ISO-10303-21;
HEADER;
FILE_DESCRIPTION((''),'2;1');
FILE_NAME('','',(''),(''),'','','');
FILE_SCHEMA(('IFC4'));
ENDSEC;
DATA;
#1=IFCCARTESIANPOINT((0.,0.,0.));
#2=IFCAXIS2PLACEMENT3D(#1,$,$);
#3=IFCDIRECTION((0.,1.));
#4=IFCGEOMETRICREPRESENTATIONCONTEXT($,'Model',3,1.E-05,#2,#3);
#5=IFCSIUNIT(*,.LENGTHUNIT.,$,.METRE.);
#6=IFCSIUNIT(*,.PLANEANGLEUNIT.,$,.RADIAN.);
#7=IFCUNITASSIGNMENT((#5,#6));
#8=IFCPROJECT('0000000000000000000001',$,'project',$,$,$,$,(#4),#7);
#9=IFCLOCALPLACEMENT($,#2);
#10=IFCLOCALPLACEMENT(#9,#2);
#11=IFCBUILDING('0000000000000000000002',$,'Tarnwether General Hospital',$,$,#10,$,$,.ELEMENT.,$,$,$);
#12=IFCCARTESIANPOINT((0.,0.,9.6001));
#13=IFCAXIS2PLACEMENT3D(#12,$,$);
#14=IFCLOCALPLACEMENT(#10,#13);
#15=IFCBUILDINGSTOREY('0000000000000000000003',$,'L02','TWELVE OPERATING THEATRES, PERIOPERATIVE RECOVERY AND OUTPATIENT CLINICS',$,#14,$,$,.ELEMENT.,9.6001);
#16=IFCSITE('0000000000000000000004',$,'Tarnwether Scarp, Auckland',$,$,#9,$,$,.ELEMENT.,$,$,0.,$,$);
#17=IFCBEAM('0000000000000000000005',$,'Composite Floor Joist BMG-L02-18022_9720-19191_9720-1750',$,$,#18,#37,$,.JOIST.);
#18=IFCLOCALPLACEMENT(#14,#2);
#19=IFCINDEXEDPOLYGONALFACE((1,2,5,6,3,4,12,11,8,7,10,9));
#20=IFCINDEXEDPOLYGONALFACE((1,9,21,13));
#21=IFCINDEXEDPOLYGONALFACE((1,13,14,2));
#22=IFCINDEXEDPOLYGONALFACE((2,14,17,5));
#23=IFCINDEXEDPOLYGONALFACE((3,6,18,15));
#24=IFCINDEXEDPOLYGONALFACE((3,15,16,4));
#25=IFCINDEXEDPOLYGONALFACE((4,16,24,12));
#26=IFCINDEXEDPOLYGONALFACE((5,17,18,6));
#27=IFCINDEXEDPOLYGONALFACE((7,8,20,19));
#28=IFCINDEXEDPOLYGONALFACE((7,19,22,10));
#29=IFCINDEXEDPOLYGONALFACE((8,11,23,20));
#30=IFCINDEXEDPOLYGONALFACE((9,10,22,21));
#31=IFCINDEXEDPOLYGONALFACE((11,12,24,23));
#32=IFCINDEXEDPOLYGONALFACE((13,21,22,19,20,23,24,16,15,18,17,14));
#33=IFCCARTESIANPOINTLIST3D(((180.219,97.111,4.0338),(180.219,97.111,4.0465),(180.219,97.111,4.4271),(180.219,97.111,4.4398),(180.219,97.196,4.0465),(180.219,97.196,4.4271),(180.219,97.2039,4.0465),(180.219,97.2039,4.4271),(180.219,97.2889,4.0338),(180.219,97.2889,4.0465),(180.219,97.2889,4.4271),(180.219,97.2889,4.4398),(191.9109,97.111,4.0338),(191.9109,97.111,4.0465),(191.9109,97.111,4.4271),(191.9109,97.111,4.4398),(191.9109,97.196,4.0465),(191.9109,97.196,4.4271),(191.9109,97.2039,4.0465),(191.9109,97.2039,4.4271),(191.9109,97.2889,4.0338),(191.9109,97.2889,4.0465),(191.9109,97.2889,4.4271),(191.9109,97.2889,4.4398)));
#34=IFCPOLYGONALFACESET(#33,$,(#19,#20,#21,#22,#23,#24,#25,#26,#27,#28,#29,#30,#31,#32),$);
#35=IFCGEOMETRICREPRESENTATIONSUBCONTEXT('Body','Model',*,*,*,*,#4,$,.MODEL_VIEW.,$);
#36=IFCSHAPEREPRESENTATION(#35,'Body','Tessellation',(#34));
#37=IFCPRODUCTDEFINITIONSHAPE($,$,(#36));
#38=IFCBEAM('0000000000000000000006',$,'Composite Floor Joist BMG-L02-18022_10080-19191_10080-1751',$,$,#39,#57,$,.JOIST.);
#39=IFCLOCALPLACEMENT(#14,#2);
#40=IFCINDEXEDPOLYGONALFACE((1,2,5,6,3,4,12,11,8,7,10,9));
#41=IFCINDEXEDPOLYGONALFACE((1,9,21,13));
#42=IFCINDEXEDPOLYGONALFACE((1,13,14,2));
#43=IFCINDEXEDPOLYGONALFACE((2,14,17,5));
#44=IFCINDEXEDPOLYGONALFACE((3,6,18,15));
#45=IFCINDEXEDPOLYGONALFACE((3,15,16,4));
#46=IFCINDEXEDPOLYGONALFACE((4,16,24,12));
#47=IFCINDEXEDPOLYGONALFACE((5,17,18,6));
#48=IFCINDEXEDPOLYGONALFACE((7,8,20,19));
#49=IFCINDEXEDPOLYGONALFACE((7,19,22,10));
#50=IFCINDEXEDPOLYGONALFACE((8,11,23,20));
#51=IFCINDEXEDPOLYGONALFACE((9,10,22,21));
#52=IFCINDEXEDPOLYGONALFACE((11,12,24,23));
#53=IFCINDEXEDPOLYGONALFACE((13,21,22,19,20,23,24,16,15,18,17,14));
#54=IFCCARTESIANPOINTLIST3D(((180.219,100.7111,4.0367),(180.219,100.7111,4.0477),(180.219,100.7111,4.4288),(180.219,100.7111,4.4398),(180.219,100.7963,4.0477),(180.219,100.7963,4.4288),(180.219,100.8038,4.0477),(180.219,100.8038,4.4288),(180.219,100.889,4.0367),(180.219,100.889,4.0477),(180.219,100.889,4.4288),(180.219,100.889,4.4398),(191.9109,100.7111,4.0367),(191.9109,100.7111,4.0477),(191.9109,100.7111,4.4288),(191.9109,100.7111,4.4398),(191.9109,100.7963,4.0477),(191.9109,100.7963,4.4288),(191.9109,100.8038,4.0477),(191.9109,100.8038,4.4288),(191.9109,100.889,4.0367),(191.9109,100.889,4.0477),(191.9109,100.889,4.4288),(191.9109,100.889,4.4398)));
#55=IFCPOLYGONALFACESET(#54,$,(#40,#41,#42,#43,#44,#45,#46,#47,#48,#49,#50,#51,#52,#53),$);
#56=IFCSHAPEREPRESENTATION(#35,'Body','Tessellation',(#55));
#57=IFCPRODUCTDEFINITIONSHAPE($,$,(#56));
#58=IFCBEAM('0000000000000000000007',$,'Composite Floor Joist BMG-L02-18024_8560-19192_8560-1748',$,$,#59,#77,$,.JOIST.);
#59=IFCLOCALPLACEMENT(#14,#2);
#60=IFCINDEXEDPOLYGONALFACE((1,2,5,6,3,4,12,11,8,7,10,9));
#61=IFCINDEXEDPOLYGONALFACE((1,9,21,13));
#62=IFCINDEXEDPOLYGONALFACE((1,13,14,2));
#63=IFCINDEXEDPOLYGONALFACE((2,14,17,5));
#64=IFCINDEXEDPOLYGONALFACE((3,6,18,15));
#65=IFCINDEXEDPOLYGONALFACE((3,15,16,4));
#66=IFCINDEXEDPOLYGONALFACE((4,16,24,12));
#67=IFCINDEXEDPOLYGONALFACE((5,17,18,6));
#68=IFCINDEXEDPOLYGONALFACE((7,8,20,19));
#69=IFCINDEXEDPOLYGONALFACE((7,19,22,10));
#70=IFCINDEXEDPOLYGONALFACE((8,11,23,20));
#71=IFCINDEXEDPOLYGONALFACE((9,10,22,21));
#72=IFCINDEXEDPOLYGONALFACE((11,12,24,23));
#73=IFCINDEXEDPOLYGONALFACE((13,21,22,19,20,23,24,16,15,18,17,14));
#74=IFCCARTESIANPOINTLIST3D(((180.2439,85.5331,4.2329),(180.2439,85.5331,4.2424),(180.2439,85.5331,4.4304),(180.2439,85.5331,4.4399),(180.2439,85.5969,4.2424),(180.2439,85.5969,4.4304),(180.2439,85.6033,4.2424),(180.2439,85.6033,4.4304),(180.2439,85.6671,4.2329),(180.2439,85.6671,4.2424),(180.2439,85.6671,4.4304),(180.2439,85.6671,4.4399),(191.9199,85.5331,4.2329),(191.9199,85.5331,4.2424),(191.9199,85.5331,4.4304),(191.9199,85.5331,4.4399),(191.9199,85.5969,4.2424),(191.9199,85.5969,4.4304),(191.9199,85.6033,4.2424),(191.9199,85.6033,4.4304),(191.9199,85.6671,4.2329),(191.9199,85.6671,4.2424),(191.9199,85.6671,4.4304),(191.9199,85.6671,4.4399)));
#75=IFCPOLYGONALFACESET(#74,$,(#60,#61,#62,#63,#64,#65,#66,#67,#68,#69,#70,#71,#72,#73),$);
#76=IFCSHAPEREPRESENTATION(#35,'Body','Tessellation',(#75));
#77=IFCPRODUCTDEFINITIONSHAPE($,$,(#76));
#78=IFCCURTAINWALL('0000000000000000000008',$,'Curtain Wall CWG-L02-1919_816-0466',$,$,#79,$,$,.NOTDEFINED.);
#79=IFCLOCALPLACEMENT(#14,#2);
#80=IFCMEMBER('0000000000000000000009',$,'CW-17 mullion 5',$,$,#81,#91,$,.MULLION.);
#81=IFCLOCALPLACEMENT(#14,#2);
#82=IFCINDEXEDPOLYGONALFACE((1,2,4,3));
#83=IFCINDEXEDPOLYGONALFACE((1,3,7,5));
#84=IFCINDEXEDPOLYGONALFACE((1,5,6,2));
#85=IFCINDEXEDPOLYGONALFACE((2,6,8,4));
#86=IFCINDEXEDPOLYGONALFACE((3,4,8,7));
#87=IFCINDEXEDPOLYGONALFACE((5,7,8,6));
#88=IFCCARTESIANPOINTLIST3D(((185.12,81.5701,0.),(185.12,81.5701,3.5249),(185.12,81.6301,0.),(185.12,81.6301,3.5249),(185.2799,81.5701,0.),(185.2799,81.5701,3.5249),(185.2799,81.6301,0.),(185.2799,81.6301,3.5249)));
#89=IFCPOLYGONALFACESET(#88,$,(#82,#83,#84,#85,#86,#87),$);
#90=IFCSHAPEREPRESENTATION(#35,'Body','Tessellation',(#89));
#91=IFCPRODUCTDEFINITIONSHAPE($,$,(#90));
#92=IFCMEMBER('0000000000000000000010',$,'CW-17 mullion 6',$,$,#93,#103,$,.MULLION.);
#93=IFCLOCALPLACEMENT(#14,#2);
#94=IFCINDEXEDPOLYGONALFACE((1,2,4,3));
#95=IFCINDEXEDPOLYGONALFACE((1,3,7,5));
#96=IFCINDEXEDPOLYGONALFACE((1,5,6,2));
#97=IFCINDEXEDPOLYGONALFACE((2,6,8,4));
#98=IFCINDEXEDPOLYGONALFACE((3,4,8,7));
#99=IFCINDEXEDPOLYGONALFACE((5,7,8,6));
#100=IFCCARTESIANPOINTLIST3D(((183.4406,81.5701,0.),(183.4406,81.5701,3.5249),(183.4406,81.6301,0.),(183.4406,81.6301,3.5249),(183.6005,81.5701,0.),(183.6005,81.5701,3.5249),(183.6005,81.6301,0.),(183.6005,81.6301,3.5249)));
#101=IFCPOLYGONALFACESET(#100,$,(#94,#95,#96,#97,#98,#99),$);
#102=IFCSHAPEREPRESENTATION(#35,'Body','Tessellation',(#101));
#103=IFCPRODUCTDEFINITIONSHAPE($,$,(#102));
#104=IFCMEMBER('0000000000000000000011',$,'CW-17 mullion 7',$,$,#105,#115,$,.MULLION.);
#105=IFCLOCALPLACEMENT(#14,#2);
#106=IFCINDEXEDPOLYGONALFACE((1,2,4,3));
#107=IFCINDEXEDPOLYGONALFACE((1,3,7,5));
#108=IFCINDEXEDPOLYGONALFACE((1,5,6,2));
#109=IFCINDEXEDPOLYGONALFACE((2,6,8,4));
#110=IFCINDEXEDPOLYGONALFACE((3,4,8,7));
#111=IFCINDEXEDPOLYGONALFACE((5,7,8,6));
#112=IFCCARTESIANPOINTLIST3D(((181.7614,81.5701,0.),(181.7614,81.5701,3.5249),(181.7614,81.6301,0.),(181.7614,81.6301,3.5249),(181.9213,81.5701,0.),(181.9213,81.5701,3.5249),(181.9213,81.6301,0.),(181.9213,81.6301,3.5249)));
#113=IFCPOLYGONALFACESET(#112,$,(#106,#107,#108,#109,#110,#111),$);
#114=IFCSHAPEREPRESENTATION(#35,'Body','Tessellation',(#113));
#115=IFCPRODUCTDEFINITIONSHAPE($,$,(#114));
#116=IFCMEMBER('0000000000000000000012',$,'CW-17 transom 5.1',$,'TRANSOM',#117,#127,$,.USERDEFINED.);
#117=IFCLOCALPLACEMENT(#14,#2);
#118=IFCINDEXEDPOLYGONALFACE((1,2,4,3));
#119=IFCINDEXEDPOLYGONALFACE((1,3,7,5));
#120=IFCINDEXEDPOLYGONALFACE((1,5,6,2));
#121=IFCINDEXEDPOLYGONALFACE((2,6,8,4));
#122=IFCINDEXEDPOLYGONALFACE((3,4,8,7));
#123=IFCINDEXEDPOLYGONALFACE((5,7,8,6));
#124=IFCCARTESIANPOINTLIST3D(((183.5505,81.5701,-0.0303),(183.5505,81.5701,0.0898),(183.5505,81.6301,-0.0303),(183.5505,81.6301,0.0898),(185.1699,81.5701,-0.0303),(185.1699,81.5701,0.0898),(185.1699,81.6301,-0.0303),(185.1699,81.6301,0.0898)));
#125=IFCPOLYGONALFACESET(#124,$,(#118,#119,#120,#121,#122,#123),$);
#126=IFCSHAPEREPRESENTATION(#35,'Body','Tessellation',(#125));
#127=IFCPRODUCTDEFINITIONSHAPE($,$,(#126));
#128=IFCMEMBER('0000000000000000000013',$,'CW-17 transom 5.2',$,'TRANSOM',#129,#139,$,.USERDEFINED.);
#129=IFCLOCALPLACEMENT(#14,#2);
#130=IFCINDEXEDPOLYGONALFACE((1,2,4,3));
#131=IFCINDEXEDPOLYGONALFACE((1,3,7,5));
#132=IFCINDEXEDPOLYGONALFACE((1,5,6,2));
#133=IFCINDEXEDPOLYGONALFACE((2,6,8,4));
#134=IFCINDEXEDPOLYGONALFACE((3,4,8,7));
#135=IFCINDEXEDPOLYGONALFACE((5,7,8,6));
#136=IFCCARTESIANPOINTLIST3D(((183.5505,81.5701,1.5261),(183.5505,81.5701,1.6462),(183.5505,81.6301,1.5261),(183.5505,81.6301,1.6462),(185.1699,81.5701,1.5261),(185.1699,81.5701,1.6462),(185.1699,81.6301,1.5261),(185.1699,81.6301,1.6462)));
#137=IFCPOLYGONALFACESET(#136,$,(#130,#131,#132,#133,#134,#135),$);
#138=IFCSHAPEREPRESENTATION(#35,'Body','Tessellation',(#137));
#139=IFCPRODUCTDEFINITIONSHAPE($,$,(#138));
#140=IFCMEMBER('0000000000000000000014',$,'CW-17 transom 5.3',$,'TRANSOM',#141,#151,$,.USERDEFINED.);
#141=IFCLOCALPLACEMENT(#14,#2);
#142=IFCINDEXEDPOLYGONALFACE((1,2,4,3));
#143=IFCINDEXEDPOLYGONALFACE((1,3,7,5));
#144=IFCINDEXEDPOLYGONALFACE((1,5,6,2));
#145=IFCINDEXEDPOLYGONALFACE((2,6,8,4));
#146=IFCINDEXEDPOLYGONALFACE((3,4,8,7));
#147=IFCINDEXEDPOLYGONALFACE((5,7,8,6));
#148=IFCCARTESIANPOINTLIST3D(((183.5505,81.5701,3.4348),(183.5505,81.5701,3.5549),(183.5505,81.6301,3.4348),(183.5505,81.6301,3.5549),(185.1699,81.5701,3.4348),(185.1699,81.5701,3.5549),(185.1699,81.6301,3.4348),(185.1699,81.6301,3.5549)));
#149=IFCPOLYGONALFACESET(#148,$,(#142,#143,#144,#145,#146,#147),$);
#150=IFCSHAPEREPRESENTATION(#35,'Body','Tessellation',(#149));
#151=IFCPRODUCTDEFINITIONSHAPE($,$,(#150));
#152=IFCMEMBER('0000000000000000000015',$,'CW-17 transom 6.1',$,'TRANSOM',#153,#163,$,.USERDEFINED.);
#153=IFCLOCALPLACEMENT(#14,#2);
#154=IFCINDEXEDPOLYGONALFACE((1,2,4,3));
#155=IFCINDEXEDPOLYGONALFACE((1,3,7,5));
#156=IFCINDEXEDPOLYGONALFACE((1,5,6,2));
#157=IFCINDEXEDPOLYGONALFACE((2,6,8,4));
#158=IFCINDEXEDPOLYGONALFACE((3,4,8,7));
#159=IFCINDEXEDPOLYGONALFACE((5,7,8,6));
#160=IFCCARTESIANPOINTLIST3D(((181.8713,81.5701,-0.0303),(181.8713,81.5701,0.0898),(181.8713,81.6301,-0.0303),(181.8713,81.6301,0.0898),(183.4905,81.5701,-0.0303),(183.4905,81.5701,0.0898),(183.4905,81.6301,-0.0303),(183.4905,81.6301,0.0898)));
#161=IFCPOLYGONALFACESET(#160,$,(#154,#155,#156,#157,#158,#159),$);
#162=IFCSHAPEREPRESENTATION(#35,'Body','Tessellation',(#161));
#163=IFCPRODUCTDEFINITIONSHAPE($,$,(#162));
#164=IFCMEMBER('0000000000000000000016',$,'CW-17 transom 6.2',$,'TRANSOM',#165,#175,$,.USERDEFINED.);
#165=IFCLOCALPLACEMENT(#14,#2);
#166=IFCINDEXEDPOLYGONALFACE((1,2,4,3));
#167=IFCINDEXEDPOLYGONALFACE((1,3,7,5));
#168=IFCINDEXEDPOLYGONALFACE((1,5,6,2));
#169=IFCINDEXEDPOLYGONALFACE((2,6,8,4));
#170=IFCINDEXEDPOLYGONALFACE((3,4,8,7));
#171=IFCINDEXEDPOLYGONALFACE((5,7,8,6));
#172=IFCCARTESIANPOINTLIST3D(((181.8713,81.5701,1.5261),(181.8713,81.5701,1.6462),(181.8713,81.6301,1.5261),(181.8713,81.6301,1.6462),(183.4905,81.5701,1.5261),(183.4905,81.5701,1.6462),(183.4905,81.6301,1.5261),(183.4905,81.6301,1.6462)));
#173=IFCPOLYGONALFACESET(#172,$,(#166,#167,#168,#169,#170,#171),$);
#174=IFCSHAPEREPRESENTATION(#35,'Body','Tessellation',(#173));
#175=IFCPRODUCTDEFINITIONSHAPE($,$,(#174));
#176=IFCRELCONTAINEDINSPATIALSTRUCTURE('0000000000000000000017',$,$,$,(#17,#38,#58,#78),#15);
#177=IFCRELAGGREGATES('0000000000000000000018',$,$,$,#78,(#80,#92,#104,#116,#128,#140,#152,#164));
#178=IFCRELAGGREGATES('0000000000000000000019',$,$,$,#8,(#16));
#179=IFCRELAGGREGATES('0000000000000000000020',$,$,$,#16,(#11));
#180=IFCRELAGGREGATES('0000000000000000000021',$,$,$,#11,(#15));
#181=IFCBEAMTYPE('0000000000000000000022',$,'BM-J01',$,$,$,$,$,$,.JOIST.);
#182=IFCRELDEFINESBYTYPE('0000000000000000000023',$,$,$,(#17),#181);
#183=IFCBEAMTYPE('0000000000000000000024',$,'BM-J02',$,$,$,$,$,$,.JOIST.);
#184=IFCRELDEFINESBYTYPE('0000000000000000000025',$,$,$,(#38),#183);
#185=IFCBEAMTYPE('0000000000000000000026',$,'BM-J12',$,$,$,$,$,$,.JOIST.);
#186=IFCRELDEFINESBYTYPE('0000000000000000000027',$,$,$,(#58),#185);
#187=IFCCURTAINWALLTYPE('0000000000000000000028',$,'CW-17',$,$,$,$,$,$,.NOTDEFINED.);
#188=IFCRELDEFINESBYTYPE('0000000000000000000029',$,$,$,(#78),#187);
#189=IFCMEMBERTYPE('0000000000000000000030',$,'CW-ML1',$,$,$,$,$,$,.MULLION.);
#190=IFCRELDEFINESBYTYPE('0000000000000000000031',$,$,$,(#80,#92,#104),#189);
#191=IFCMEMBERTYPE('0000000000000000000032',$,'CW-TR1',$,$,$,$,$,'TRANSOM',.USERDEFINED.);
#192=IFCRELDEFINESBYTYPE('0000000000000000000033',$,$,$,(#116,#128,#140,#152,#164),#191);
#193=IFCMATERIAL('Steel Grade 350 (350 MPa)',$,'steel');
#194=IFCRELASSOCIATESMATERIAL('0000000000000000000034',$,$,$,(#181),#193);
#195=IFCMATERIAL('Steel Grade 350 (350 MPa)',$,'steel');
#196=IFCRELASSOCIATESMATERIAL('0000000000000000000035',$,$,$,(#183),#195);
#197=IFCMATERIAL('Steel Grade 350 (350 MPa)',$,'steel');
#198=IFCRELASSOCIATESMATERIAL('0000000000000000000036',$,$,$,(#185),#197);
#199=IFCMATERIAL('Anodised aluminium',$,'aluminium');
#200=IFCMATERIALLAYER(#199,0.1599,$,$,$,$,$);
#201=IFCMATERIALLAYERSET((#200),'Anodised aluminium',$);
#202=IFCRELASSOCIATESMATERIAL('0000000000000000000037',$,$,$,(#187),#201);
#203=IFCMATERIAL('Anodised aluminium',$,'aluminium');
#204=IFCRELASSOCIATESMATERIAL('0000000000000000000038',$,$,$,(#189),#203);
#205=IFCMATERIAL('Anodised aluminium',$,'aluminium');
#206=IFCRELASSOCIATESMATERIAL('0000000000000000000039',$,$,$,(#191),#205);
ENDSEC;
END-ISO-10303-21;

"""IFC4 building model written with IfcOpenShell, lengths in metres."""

from ifc_helpers import new_model, si_unit, direction, frame, origin, origin_2d, place, context, subcontext, project, spatial, rectangle, i_section, extrude, material, layer, layer_set, material_profile, profile_set, type_object, element, aggregate, save


model = new_model("IFC4")

# Units and contexts
model_context = context("Model", 3, precision=1e-05, world=origin(), true_north=direction((0.0, 1.0)))
body_context = subcontext(model_context, "Body", "Model", "MODEL_VIEW")
ifc_project = project(units=[si_unit("LENGTHUNIT", "METRE"), si_unit("PLANEANGLEUNIT", "RADIAN")], contexts=[model_context])

# Site, building, storey
site_placement = place(None, origin())
site = spatial("IfcSite", under=ifc_project, at=site_placement, Name="Tarnwether Scarp, Auckland", CompositionType="ELEMENT", RefElevation=0.0)
building_placement = place(site_placement, origin())
building = spatial("IfcBuilding", under=site, at=building_placement, Name="Tarnwether General Hospital", CompositionType="ELEMENT")
storey_placement = place(building_placement, frame((0.0, 0.0, 9.6001)))
storey = spatial("IfcBuildingStorey", under=building, at=storey_placement, Name="L02", Description="TWELVE OPERATING THEATRES, PERIOPERATIVE RECOVERY AND OUTPATIENT CLINICS", CompositionType="ELEMENT", Elevation=9.6001)

# Beams
ifc_material_1 = material(Name="Steel Grade 350 (350 MPa)", Category="steel")
ifc_material_profile_1 = material_profile(ifc_material_1, i_section(OverallWidth=0.178, OverallDepth=0.406, WebThickness=0.0078, FlangeThickness=0.0127, at=origin_2d()), Name="410UB59.7")
ifc_profile_set_1 = profile_set([ifc_material_profile_1], Name="Steel Grade 350 (350 MPa)")
beam_type_1 = type_object("IfcBeamType", Name="BM-J01", PredefinedType="JOIST", material=ifc_profile_set_1)
beam_1_placement = place(storey_placement, frame((180.219, 97.2, 4.2368), z_axis=(1.0, 0.0, 0.0), x_axis=(0.0, 1.0, 0.0)))
element("IfcBeam", 1, at=beam_1_placement, inside=storey, type_object=beam_type_1, Name="Composite Floor Joist BMG-L02-18022_9720-19191_9720-1750", PredefinedType="JOIST", context=body_context, shape_type="SweptSolid", body=[
    extrude(i_section(OverallWidth=0.178, OverallDepth=0.406, WebThickness=0.0078, FlangeThickness=0.0127, at=origin_2d()), origin(), (0.0, 0.0, 1.0), 11.6919),
])
ifc_material_2 = material(Name="Steel Grade 350 (350 MPa)", Category="steel")
ifc_material_profile_2 = material_profile(ifc_material_2, i_section(OverallWidth=0.178, OverallDepth=0.4031, WebThickness=0.0076, FlangeThickness=0.011, at=origin_2d()), Name="410UB53.7")
ifc_profile_set_2 = profile_set([ifc_material_profile_2], Name="Steel Grade 350 (350 MPa)")
beam_type_2 = type_object("IfcBeamType", Name="BM-J02", PredefinedType="JOIST", material=ifc_profile_set_2)
beam_2_placement = place(storey_placement, frame((180.219, 100.8, 4.2383), z_axis=(1.0, 0.0, 0.0), x_axis=(0.0, 1.0, 0.0)))
element("IfcBeam", 2, at=beam_2_placement, inside=storey, type_object=beam_type_2, Name="Composite Floor Joist BMG-L02-18022_10080-19191_10080-1751", PredefinedType="JOIST", context=body_context, shape_type="SweptSolid", body=[
    extrude(i_section(OverallWidth=0.178, OverallDepth=0.4031, WebThickness=0.0076, FlangeThickness=0.011, at=origin_2d()), origin(), (0.0, 0.0, 1.0), 11.6919),
])
ifc_material_3 = material(Name="Steel Grade 350 (350 MPa)", Category="steel")
ifc_material_profile_3 = material_profile(ifc_material_3, i_section(OverallWidth=0.134, OverallDepth=0.207, WebThickness=0.0063, FlangeThickness=0.0095, at=origin_2d()), Name="200UB29.8")
ifc_profile_set_3 = profile_set([ifc_material_profile_3], Name="Steel Grade 350 (350 MPa)")
beam_type_3 = type_object("IfcBeamType", Name="BM-J12", PredefinedType="JOIST", material=ifc_profile_set_3)
beam_3_placement = place(storey_placement, frame((180.2439, 85.6001, 4.3364), z_axis=(1.0, 0.0, 0.0), x_axis=(0.0, 1.0, 0.0)))
element("IfcBeam", 3, at=beam_3_placement, inside=storey, type_object=beam_type_3, Name="Composite Floor Joist BMG-L02-18024_8560-19192_8560-1748", PredefinedType="JOIST", context=body_context, shape_type="SweptSolid", body=[
    extrude(i_section(OverallWidth=0.134, OverallDepth=0.207, WebThickness=0.0063, FlangeThickness=0.0095, at=origin_2d()), origin(), (0.0, 0.0, 1.0), 11.676),
])

# Curtain wall, members
ifc_material_4 = material(Name="Anodised aluminium", Category="aluminium")
ifc_layer_1 = layer(ifc_material_4, 0.1599)
ifc_layer_set_1 = layer_set([ifc_layer_1], Name="Anodised aluminium")
curtain_wall_type = type_object("IfcCurtainWallType", Name="CW-17", PredefinedType="NOTDEFINED", material=ifc_layer_set_1)
curtain_wall_placement = place(storey_placement, origin())
curtain_wall = element("IfcCurtainWall", 4, at=curtain_wall_placement, inside=storey, type_object=curtain_wall_type, Name="Curtain Wall CWG-L02-1919_816-0466", PredefinedType="NOTDEFINED")
ifc_material_5 = material(Name="Anodised aluminium", Category="aluminium")
ifc_material_profile_4 = material_profile(ifc_material_5, rectangle(XDim=0.0601, YDim=0.1599, at=origin_2d()), Name="ALU-MUL-60x160")
ifc_profile_set_4 = profile_set([ifc_material_profile_4], Name="Anodised aluminium")
member_type_1 = type_object("IfcMemberType", Name="CW-ML1", PredefinedType="MULLION", material=ifc_profile_set_4)
member_1_placement = place(storey_placement, frame((185.2, 81.6001, 0.0), z_axis=(0.0, 0.0, 1.0), x_axis=(0.0, -1.0, 0.0)))
member_1 = element("IfcMember", 5, at=member_1_placement, type_object=member_type_1, Name="CW-17 mullion 5", PredefinedType="MULLION", context=body_context, shape_type="SweptSolid", body=[
    extrude(rectangle(XDim=0.0601, YDim=0.1599, at=origin_2d()), origin(), (0.0, 0.0, 1.0), 3.5249),
])
member_2_placement = place(storey_placement, frame((183.5205, 81.6001, 0.0), z_axis=(0.0, 0.0, 1.0), x_axis=(0.0, -1.0, 0.0)))
member_2 = element("IfcMember", 6, at=member_2_placement, type_object=member_type_1, Name="CW-17 mullion 6", PredefinedType="MULLION", context=body_context, shape_type="SweptSolid", body=[
    extrude(rectangle(XDim=0.0601, YDim=0.1599, at=origin_2d()), origin(), (0.0, 0.0, 1.0), 3.5249),
])
member_3_placement = place(storey_placement, frame((181.8413, 81.6001, 0.0), z_axis=(0.0, 0.0, 1.0), x_axis=(0.0, -1.0, 0.0)))
member_3 = element("IfcMember", 7, at=member_3_placement, type_object=member_type_1, Name="CW-17 mullion 7", PredefinedType="MULLION", context=body_context, shape_type="SweptSolid", body=[
    extrude(rectangle(XDim=0.0601, YDim=0.1599, at=origin_2d()), origin(), (0.0, 0.0, 1.0), 3.5249),
])
ifc_material_6 = material(Name="Anodised aluminium", Category="aluminium")
ifc_material_profile_5 = material_profile(ifc_material_6, rectangle(XDim=0.0601, YDim=0.1201, at=origin_2d()), Name="ALU-TRN-60x120")
ifc_profile_set_5 = profile_set([ifc_material_profile_5], Name="Anodised aluminium")
member_type_2 = type_object("IfcMemberType", Name="CW-TR1", ElementType="TRANSOM", PredefinedType="USERDEFINED", material=ifc_profile_set_5)
member_4_placement = place(storey_placement, frame((185.1699, 81.6001, 0.0298), z_axis=(-1.0, 0.0, 0.0), x_axis=(0.0, -1.0, 0.0)))
member_4 = element("IfcMember", 8, at=member_4_placement, type_object=member_type_2, Name="CW-17 transom 5.1", ObjectType="TRANSOM", PredefinedType="USERDEFINED", context=body_context, shape_type="SweptSolid", body=[
    extrude(rectangle(XDim=0.0601, YDim=0.1201, at=origin_2d()), origin(), (0.0, 0.0, 1.0), 1.6194),
])
member_5_placement = place(storey_placement, frame((185.1699, 81.6001, 1.5862), z_axis=(-1.0, 0.0, 0.0), x_axis=(0.0, -1.0, 0.0)))
member_5 = element("IfcMember", 9, at=member_5_placement, type_object=member_type_2, Name="CW-17 transom 5.2", ObjectType="TRANSOM", PredefinedType="USERDEFINED", context=body_context, shape_type="SweptSolid", body=[
    extrude(rectangle(XDim=0.0601, YDim=0.1201, at=origin_2d()), origin(), (0.0, 0.0, 1.0), 1.6194),
])
member_6_placement = place(storey_placement, frame((185.1699, 81.6001, 3.4949), z_axis=(-1.0, 0.0, 0.0), x_axis=(0.0, -1.0, 0.0)))
member_6 = element("IfcMember", 10, at=member_6_placement, type_object=member_type_2, Name="CW-17 transom 5.3", ObjectType="TRANSOM", PredefinedType="USERDEFINED", context=body_context, shape_type="SweptSolid", body=[
    extrude(rectangle(XDim=0.0601, YDim=0.1201, at=origin_2d()), origin(), (0.0, 0.0, 1.0), 1.6194),
])
member_7_placement = place(storey_placement, frame((183.4905, 81.6001, 0.0298), z_axis=(-1.0, 0.0, 0.0), x_axis=(0.0, -1.0, 0.0)))
member_7 = element("IfcMember", 11, at=member_7_placement, type_object=member_type_2, Name="CW-17 transom 6.1", ObjectType="TRANSOM", PredefinedType="USERDEFINED", context=body_context, shape_type="SweptSolid", body=[
    extrude(rectangle(XDim=0.0601, YDim=0.1201, at=origin_2d()), origin(), (0.0, 0.0, 1.0), 1.6191),
])
member_8_placement = place(storey_placement, frame((183.4905, 81.6001, 1.5862), z_axis=(-1.0, 0.0, 0.0), x_axis=(0.0, -1.0, 0.0)))
member_8 = element("IfcMember", 12, at=member_8_placement, type_object=member_type_2, Name="CW-17 transom 6.2", ObjectType="TRANSOM", PredefinedType="USERDEFINED", context=body_context, shape_type="SweptSolid", body=[
    extrude(rectangle(XDim=0.0601, YDim=0.1201, at=origin_2d()), origin(), (0.0, 0.0, 1.0), 1.6191),
])
aggregate(curtain_wall, [member_1, member_2, member_3, member_4, member_5, member_6, member_7, member_8])

save(model, "model.ifc")
